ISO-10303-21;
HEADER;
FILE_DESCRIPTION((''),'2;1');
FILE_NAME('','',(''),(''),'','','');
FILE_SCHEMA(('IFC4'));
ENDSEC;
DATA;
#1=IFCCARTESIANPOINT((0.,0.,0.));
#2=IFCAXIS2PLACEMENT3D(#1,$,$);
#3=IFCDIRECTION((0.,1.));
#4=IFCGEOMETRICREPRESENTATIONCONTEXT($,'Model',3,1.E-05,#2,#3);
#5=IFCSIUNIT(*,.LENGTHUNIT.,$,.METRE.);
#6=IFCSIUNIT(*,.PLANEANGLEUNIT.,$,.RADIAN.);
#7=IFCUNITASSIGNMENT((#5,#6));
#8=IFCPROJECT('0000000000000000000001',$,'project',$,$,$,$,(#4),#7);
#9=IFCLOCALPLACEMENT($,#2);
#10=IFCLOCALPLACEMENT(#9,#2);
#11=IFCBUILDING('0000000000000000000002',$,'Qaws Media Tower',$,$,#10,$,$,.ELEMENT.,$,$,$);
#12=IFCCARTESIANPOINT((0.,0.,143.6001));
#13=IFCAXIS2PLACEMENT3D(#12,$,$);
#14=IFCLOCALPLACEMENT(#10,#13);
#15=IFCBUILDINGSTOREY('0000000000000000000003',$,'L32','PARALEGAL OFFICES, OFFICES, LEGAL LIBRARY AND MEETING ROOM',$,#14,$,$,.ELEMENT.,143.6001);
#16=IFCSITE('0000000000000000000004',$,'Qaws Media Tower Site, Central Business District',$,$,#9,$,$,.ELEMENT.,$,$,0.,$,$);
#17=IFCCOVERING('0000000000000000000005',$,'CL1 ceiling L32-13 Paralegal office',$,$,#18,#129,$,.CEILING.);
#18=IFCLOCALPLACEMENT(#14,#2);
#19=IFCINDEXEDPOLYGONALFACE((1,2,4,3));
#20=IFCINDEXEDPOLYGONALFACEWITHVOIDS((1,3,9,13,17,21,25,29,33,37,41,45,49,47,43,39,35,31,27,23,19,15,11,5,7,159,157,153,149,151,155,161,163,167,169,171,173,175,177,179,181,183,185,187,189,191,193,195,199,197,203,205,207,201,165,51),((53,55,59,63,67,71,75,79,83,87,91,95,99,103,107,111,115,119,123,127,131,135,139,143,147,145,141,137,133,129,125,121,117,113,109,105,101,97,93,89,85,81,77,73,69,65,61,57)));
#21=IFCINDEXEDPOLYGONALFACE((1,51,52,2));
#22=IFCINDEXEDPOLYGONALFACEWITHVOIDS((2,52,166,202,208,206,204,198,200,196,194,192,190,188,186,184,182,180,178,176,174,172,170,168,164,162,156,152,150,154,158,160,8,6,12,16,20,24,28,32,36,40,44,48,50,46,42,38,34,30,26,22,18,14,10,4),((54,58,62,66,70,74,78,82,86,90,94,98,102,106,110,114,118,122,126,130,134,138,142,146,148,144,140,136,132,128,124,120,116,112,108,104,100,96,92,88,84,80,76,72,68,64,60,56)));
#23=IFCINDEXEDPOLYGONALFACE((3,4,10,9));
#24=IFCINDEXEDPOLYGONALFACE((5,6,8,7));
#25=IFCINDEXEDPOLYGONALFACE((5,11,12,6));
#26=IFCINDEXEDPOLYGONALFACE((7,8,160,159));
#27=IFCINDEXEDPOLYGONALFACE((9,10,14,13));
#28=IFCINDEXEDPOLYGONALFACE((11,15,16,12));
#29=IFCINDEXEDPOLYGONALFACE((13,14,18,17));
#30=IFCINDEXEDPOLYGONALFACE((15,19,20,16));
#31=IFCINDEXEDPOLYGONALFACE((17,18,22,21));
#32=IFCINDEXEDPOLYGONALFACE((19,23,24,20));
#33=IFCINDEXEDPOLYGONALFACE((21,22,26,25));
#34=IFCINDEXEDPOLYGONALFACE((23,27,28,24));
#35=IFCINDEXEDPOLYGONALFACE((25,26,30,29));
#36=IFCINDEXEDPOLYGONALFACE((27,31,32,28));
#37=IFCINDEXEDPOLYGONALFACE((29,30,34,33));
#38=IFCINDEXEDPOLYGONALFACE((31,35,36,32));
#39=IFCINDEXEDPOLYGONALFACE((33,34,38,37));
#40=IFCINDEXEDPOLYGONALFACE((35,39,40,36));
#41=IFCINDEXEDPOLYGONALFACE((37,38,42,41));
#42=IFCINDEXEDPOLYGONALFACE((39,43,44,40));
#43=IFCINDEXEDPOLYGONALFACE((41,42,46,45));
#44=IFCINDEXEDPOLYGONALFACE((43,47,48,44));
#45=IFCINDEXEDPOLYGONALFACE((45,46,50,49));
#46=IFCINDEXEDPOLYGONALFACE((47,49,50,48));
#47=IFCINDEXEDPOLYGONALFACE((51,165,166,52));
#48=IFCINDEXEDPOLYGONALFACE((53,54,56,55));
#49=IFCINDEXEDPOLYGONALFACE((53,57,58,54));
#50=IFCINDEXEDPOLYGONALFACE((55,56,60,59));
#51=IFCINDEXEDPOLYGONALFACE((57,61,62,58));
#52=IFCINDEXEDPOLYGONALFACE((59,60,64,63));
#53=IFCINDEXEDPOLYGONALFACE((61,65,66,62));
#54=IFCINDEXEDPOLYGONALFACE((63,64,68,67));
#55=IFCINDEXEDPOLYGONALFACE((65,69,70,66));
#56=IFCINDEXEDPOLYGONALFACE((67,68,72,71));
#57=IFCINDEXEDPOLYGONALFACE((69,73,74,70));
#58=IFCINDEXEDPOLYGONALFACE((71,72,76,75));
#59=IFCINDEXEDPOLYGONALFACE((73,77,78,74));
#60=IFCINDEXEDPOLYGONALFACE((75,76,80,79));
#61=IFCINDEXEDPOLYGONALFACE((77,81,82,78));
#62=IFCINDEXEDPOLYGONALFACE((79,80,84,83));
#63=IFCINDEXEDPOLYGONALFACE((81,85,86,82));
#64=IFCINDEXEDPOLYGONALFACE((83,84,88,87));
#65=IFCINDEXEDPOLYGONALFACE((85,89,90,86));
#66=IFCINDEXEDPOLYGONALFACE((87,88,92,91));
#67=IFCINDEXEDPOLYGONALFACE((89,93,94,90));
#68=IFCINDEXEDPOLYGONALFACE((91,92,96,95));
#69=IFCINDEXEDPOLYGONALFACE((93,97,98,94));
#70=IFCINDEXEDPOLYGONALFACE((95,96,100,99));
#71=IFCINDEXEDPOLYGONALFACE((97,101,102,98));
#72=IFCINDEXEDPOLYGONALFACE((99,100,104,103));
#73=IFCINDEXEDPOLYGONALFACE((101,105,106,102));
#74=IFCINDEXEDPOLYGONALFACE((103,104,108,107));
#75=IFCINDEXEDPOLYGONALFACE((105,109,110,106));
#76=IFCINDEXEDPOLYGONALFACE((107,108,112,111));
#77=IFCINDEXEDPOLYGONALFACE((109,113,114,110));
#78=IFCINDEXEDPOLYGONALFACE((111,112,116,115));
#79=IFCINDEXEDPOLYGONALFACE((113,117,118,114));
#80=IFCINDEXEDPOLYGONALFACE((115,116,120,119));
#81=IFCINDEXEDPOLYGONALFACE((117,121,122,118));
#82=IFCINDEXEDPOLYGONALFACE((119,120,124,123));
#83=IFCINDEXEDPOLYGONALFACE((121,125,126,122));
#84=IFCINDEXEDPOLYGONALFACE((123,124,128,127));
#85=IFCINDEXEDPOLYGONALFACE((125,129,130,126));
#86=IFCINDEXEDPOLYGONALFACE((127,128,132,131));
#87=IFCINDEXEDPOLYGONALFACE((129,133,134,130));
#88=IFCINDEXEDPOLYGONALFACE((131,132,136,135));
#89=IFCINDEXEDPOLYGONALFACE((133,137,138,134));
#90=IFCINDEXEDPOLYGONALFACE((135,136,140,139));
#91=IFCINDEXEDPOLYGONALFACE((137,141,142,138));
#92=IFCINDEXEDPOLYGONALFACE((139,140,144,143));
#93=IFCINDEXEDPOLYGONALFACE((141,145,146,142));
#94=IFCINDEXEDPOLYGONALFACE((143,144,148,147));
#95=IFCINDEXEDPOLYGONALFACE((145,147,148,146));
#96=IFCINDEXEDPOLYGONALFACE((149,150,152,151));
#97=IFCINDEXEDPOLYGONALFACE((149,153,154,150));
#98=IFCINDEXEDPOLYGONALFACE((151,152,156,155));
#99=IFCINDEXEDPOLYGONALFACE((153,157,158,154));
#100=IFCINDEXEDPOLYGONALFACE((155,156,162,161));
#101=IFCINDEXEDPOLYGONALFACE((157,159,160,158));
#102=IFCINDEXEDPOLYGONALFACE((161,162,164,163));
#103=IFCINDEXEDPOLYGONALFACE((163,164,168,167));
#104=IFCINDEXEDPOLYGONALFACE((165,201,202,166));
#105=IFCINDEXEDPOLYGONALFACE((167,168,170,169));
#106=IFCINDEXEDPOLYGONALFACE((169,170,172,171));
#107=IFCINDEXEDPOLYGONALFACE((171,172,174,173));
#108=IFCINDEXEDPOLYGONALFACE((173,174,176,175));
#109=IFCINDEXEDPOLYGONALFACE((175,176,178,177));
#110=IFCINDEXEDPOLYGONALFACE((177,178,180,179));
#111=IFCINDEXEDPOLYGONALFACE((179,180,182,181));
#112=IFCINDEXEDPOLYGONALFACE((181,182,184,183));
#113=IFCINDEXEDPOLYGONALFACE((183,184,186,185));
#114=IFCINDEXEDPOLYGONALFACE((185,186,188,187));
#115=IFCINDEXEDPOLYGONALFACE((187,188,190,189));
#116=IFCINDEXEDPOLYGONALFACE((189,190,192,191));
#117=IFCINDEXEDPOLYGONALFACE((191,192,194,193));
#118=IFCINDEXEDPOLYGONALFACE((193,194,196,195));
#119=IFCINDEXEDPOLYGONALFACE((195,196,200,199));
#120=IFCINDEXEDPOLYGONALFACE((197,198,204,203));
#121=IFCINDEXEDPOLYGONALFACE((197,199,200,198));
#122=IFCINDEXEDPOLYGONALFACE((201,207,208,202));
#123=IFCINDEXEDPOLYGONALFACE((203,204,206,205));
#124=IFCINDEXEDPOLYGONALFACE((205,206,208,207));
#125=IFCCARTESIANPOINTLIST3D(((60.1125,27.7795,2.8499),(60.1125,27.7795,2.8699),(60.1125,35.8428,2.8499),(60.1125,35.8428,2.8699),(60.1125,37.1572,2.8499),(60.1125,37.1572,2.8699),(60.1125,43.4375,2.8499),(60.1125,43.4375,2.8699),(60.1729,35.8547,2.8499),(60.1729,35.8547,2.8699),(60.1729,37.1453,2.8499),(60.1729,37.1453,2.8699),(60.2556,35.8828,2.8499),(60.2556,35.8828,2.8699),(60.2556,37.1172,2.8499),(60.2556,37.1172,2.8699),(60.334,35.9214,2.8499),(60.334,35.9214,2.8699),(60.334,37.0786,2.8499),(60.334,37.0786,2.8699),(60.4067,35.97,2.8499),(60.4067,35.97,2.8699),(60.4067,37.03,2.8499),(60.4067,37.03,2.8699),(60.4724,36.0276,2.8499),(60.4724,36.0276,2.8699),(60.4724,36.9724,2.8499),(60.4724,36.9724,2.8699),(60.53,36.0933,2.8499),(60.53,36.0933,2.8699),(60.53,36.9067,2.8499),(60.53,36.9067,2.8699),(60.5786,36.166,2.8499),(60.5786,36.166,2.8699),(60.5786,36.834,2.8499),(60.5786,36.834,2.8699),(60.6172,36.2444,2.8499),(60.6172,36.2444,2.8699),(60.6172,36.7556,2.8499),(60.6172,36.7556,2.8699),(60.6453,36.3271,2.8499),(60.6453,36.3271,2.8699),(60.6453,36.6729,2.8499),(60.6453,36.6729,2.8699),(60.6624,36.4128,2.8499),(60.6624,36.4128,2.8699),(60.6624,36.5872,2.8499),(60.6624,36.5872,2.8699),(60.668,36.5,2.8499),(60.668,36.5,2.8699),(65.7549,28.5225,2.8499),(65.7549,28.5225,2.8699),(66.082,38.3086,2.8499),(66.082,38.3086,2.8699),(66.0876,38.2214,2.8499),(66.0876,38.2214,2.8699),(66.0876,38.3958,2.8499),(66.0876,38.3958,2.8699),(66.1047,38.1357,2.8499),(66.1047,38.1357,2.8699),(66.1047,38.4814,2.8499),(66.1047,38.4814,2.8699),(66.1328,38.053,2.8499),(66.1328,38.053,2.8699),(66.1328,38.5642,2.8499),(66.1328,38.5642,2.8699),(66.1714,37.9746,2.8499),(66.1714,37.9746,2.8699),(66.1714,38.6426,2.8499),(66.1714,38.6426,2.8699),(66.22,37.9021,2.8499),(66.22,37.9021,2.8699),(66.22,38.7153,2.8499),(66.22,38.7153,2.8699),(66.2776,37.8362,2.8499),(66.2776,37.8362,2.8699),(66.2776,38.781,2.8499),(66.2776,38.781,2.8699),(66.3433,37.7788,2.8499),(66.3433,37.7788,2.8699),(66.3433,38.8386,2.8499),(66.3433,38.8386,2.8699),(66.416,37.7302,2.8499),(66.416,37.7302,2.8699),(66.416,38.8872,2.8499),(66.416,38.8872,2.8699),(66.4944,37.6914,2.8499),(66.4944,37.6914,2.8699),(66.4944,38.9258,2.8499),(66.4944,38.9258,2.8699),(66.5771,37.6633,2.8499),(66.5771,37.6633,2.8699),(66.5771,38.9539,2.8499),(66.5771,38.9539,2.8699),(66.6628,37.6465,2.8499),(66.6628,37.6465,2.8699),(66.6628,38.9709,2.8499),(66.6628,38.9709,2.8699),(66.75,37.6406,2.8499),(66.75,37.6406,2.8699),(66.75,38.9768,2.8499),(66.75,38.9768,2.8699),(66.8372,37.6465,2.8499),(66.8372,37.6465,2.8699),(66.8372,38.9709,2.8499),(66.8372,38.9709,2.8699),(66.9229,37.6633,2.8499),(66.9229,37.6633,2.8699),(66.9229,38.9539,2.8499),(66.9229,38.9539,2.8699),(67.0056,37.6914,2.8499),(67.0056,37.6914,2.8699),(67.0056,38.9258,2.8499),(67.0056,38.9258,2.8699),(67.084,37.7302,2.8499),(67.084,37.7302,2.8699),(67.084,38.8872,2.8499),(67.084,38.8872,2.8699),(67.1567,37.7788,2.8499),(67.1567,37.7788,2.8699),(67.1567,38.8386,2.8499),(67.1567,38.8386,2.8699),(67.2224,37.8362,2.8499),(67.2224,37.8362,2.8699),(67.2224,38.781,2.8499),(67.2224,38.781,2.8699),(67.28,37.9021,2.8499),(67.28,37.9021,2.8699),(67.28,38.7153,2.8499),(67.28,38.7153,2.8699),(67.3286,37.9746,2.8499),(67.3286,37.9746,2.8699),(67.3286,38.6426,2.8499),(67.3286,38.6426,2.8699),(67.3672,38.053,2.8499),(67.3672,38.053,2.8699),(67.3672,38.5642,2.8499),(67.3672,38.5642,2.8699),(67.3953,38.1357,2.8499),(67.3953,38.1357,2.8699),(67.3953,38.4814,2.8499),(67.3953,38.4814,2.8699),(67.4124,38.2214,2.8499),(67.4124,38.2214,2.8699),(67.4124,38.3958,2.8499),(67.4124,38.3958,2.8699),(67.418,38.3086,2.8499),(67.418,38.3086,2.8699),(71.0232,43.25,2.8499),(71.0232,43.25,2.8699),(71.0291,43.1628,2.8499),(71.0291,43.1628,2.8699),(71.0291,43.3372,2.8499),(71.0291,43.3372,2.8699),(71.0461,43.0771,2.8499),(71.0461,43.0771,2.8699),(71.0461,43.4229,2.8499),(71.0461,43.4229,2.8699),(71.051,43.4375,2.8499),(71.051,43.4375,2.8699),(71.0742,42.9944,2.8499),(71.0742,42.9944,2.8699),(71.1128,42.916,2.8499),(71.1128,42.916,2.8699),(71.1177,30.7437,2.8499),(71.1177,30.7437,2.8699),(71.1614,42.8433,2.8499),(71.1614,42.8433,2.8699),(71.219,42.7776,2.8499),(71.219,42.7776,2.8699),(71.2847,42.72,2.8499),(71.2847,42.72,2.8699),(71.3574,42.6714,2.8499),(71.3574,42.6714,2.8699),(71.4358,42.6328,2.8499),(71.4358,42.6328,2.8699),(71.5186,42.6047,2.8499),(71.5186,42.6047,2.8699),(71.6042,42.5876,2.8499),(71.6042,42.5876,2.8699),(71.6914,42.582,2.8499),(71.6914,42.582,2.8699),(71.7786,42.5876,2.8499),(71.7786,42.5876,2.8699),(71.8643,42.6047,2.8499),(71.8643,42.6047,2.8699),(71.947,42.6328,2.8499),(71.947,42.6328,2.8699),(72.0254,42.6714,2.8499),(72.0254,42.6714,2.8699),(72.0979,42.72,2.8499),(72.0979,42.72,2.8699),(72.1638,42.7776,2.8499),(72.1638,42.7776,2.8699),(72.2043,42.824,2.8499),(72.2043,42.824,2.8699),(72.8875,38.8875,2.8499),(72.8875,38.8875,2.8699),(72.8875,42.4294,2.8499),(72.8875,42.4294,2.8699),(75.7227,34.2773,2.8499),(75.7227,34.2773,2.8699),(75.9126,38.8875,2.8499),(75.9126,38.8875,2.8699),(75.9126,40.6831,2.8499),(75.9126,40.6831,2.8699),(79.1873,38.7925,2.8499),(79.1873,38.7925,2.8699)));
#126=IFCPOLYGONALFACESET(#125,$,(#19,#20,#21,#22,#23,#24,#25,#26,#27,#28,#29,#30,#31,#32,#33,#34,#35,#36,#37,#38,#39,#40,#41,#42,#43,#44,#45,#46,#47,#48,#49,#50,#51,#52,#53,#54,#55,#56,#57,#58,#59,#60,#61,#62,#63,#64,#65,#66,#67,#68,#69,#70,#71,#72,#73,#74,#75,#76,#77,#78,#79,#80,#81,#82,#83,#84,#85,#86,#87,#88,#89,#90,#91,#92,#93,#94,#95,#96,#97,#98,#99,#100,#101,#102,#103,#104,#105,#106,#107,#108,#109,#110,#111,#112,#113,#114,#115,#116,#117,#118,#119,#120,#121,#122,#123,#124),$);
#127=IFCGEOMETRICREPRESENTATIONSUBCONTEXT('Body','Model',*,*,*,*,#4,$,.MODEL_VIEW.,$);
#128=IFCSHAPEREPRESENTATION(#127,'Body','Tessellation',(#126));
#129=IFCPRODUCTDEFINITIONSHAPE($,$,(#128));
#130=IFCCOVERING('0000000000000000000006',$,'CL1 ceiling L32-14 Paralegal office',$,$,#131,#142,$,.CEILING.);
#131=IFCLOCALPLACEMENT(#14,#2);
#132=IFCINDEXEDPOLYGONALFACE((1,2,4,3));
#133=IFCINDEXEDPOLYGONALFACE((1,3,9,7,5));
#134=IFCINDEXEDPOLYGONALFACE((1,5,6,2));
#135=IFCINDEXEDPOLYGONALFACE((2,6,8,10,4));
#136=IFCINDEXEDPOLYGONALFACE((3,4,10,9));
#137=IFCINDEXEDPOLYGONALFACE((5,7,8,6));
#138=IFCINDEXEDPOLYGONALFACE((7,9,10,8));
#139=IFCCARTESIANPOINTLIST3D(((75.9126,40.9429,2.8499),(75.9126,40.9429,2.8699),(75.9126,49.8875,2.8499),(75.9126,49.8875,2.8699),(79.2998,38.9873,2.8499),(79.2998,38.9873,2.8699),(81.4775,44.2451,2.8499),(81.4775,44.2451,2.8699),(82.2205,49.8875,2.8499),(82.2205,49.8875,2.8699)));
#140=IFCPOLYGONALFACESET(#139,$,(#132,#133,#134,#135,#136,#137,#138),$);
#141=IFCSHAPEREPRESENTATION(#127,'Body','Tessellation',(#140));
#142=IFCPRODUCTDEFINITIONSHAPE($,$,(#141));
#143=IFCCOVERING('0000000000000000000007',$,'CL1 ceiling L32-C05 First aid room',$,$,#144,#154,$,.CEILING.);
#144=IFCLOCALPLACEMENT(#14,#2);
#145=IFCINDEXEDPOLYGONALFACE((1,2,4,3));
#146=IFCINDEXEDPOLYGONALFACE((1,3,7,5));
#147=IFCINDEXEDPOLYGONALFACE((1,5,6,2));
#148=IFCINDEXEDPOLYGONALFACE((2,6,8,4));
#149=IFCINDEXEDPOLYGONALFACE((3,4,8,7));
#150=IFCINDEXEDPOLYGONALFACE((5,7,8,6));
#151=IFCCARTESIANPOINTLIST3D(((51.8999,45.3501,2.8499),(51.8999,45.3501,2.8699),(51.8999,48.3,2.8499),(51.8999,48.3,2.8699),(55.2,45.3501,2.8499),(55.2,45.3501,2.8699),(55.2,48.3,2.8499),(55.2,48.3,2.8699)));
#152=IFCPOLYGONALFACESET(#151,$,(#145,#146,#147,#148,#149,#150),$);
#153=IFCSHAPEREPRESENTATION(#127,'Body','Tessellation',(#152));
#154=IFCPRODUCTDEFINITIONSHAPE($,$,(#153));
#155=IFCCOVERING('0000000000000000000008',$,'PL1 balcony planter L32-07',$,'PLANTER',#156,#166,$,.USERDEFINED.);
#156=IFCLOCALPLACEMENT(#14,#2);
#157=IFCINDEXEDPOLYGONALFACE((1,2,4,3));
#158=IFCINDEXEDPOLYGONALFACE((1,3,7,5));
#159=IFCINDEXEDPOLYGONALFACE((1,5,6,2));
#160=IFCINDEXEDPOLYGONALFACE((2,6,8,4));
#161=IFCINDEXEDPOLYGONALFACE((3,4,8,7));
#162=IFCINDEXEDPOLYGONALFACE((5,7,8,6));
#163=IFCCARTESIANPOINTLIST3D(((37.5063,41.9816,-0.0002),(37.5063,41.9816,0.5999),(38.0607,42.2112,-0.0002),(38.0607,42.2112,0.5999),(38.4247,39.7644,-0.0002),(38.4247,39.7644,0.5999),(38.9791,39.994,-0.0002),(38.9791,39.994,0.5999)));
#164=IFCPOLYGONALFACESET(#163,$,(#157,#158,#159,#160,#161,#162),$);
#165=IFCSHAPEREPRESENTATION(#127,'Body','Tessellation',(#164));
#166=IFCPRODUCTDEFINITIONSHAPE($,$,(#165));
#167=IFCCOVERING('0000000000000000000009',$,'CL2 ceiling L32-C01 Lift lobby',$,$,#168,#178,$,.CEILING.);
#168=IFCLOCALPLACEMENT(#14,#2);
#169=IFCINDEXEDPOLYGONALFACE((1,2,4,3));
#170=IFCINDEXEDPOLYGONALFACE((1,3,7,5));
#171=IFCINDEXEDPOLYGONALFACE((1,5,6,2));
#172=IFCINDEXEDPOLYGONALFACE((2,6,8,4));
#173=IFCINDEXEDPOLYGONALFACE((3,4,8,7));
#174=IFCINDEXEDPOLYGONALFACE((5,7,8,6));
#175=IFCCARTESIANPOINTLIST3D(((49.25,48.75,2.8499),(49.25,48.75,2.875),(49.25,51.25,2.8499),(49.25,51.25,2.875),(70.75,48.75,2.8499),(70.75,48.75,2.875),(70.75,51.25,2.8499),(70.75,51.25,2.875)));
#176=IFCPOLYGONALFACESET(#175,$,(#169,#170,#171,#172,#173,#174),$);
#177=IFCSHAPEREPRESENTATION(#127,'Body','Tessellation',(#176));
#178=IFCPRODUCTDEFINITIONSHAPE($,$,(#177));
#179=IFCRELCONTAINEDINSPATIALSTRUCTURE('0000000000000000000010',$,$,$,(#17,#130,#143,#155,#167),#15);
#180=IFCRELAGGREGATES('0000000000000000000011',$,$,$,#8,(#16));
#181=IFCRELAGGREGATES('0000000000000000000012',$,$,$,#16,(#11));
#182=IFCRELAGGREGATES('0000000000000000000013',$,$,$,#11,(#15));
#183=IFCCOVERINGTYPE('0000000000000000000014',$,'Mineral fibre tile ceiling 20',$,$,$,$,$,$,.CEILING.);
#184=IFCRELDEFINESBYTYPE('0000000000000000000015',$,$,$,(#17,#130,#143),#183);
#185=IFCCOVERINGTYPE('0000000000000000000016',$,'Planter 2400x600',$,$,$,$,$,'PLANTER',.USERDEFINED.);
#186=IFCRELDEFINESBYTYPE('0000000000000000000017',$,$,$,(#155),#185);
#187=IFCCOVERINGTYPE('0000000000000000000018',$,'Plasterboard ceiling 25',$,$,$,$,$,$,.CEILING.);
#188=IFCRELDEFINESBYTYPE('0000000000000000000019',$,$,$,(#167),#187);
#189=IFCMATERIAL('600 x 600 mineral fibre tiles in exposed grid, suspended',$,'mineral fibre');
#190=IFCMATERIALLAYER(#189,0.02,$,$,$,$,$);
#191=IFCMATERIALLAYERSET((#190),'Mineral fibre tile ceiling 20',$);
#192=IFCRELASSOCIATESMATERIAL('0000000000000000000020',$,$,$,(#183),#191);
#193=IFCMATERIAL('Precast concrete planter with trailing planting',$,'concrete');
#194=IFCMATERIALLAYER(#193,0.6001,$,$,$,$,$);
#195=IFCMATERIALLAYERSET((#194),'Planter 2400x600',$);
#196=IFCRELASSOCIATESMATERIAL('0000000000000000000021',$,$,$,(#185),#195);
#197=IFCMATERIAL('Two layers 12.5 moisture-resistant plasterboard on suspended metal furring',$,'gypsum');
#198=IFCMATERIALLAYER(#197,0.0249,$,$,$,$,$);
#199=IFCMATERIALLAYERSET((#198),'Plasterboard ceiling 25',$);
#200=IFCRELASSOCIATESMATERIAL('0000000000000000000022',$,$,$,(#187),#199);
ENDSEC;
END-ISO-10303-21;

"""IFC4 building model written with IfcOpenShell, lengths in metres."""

from ifc_helpers import new_model, si_unit, direction, frame, origin, origin_2d, place, context, subcontext, project, spatial, polyline, rectangle, outline, extrude, material, layer, layer_set, type_object, element, save


model = new_model("IFC4")

# Units and contexts
model_context = context("Model", 3, precision=1e-05, world=origin(), true_north=direction((0.0, 1.0)))
body_context = subcontext(model_context, "Body", "Model", "MODEL_VIEW")
ifc_project = project(units=[si_unit("LENGTHUNIT", "METRE"), si_unit("PLANEANGLEUNIT", "RADIAN")], contexts=[model_context])

# Site, building, storey
site_placement = place(None, origin())
site = spatial("IfcSite", under=ifc_project, at=site_placement, Name="Qaws Media Tower Site, Central Business District", CompositionType="ELEMENT", RefElevation=0.0)
building_placement = place(site_placement, origin())
building = spatial("IfcBuilding", under=site, at=building_placement, Name="Qaws Media Tower", CompositionType="ELEMENT")
storey_placement = place(building_placement, frame((0.0, 0.0, 143.6001)))
storey = spatial("IfcBuildingStorey", under=building, at=storey_placement, Name="L32", Description="PARALEGAL OFFICES, OFFICES, LEGAL LIBRARY AND MEETING ROOM", CompositionType="ELEMENT", Elevation=143.6001)

# Coverings
ifc_material_1 = material(Name="600 x 600 mineral fibre tiles in exposed grid, suspended", Category="mineral fibre")
ifc_layer_1 = layer(ifc_material_1, 0.02)
ifc_layer_set_1 = layer_set([ifc_layer_1], Name="Mineral fibre tile ceiling 20")
covering_type_1 = type_object("IfcCoveringType", Name="Mineral fibre tile ceiling 20", PredefinedType="CEILING", material=ifc_layer_set_1)
covering_1_placement = place(storey_placement, frame((0.0, 0.0, 2.8499)))
element("IfcCovering", 1, at=covering_1_placement, inside=storey, type_object=covering_type_1, Name="CL1 ceiling L32-13 Paralegal office", PredefinedType="CEILING", context=body_context, shape_type="SweptSolid", body=[
    extrude(outline(polyline([(72.8875, 38.8875), (75.9126, 38.8875), (75.9126, 40.6831), (79.1873, 38.7925), (75.7227, 34.2773), (71.1177, 30.7437), (65.7549, 28.5225), (60.1125, 27.7795), (60.1125, 35.8428), (60.1729, 35.8547), (60.2556, 35.8828), (60.334, 35.9214), (60.4067, 35.97), (60.4724, 36.0276), (60.53, 36.0933), (60.5786, 36.166), (60.6172, 36.2444), (60.6453, 36.3271), (60.6624, 36.4128), (60.668, 36.5), (60.6624, 36.5872), (60.6453, 36.6729), (60.6172, 36.7556), (60.5786, 36.834), (60.53, 36.9067), (60.4724, 36.9724), (60.4067, 37.03), (60.334, 37.0786), (60.2556, 37.1172), (60.1729, 37.1453), (60.1125, 37.1572), (60.1125, 43.4375), (71.051, 43.4375), (71.0461, 43.4229), (71.0291, 43.3372), (71.0232, 43.25), (71.0291, 43.1628), (71.0461, 43.0771), (71.0742, 42.9944), (71.1128, 42.916), (71.1614, 42.8433), (71.219, 42.7776), (71.2847, 42.72), (71.3574, 42.6714), (71.4358, 42.6328), (71.5186, 42.6047), (71.6042, 42.5876), (71.6914, 42.582), (71.7786, 42.5876), (71.8643, 42.6047), (71.947, 42.6328), (72.0254, 42.6714), (72.0979, 42.72), (72.1638, 42.7776), (72.2043, 42.824), (72.8875, 42.4294), (72.8875, 38.8875)]), holes=[polyline([(67.3672, 38.053), (67.3953, 38.1357), (67.4124, 38.2214), (67.418, 38.3086), (67.4124, 38.3958), (67.3953, 38.4814), (67.3672, 38.5642), (67.3286, 38.6426), (67.28, 38.7153), (67.2224, 38.781), (67.1567, 38.8386), (67.084, 38.8872), (67.0056, 38.9258), (66.9229, 38.9539), (66.8372, 38.9709), (66.75, 38.9768), (66.6628, 38.9709), (66.5771, 38.9539), (66.4944, 38.9258), (66.416, 38.8872), (66.3433, 38.8386), (66.2776, 38.781), (66.22, 38.7153), (66.1714, 38.6426), (66.1328, 38.5642), (66.1047, 38.4814), (66.0876, 38.3958), (66.082, 38.3086), (66.0876, 38.2214), (66.1047, 38.1357), (66.1328, 38.053), (66.1714, 37.9746), (66.22, 37.9021), (66.2776, 37.8362), (66.3433, 37.7788), (66.416, 37.7302), (66.4944, 37.6914), (66.5771, 37.6633), (66.6628, 37.6465), (66.75, 37.6406), (66.8372, 37.6465), (66.9229, 37.6633), (67.0056, 37.6914), (67.084, 37.7302), (67.1567, 37.7788), (67.2224, 37.8362), (67.28, 37.9021), (67.3286, 37.9746), (67.3672, 38.053)])]), origin(), (0.0, 0.0, 1.0), 0.02),
])
covering_2_placement = place(storey_placement, frame((0.0, 0.0, 2.8499)))
element("IfcCovering", 2, at=covering_2_placement, inside=storey, type_object=covering_type_1, Name="CL1 ceiling L32-14 Paralegal office", PredefinedType="CEILING", context=body_context, shape_type="SweptSolid", body=[
    extrude(outline(polyline([(81.4775, 44.2451), (79.2998, 38.9873), (75.9126, 40.9429), (75.9126, 49.8875), (82.2205, 49.8875), (81.4775, 44.2451)])), origin(), (0.0, 0.0, 1.0), 0.02),
])
covering_3_placement = place(storey_placement, frame((0.0, 0.0, 2.8499)))
element("IfcCovering", 3, at=covering_3_placement, inside=storey, type_object=covering_type_1, Name="CL1 ceiling L32-C05 First aid room", PredefinedType="CEILING", context=body_context, shape_type="SweptSolid", body=[
    extrude(outline(polyline([(51.8999, 45.3501), (51.8999, 48.3), (55.2, 48.3), (55.2, 45.3501), (51.8999, 45.3501)])), origin(), (0.0, 0.0, 1.0), 0.02),
])
ifc_material_2 = material(Name="Precast concrete planter with trailing planting", Category="concrete")
ifc_layer_2 = layer(ifc_material_2, 0.6001)
ifc_layer_set_2 = layer_set([ifc_layer_2], Name="Planter 2400x600")
covering_type_2 = type_object("IfcCoveringType", Name="Planter 2400x600", ElementType="PLANTER", PredefinedType="USERDEFINED", material=ifc_layer_set_2)
covering_4_placement = place(storey_placement, frame((38.2427, 40.9878, -0.0002), z_axis=(0.0, 0.0, 1.0), x_axis=(0.382683, -0.92388, 0.0)))
element("IfcCovering", 4, at=covering_4_placement, inside=storey, type_object=covering_type_2, Name="PL1 balcony planter L32-07", ObjectType="PLANTER", PredefinedType="USERDEFINED", context=body_context, shape_type="SweptSolid", body=[
    extrude(rectangle(XDim=2.3999, YDim=0.6001, at=origin_2d()), origin(), (0.0, 0.0, 1.0), 0.6001),
])
ifc_material_3 = material(Name="Two layers 12.5 moisture-resistant plasterboard on suspended metal furring", Category="gypsum")
ifc_layer_3 = layer(ifc_material_3, 0.0249)
ifc_layer_set_3 = layer_set([ifc_layer_3], Name="Plasterboard ceiling 25")
covering_type_3 = type_object("IfcCoveringType", Name="Plasterboard ceiling 25", PredefinedType="CEILING", material=ifc_layer_set_3)
covering_5_placement = place(storey_placement, frame((0.0, 0.0, 2.8499)))
element("IfcCovering", 5, at=covering_5_placement, inside=storey, type_object=covering_type_3, Name="CL2 ceiling L32-C01 Lift lobby", PredefinedType="CEILING", context=body_context, shape_type="SweptSolid", body=[
    extrude(outline(polyline([(49.25, 48.75), (49.25, 51.25), (70.75, 51.25), (70.75, 48.75), (49.25, 48.75)])), origin(), (0.0, 0.0, 1.0), 0.0251),
])

save(model, "model.ifc")
